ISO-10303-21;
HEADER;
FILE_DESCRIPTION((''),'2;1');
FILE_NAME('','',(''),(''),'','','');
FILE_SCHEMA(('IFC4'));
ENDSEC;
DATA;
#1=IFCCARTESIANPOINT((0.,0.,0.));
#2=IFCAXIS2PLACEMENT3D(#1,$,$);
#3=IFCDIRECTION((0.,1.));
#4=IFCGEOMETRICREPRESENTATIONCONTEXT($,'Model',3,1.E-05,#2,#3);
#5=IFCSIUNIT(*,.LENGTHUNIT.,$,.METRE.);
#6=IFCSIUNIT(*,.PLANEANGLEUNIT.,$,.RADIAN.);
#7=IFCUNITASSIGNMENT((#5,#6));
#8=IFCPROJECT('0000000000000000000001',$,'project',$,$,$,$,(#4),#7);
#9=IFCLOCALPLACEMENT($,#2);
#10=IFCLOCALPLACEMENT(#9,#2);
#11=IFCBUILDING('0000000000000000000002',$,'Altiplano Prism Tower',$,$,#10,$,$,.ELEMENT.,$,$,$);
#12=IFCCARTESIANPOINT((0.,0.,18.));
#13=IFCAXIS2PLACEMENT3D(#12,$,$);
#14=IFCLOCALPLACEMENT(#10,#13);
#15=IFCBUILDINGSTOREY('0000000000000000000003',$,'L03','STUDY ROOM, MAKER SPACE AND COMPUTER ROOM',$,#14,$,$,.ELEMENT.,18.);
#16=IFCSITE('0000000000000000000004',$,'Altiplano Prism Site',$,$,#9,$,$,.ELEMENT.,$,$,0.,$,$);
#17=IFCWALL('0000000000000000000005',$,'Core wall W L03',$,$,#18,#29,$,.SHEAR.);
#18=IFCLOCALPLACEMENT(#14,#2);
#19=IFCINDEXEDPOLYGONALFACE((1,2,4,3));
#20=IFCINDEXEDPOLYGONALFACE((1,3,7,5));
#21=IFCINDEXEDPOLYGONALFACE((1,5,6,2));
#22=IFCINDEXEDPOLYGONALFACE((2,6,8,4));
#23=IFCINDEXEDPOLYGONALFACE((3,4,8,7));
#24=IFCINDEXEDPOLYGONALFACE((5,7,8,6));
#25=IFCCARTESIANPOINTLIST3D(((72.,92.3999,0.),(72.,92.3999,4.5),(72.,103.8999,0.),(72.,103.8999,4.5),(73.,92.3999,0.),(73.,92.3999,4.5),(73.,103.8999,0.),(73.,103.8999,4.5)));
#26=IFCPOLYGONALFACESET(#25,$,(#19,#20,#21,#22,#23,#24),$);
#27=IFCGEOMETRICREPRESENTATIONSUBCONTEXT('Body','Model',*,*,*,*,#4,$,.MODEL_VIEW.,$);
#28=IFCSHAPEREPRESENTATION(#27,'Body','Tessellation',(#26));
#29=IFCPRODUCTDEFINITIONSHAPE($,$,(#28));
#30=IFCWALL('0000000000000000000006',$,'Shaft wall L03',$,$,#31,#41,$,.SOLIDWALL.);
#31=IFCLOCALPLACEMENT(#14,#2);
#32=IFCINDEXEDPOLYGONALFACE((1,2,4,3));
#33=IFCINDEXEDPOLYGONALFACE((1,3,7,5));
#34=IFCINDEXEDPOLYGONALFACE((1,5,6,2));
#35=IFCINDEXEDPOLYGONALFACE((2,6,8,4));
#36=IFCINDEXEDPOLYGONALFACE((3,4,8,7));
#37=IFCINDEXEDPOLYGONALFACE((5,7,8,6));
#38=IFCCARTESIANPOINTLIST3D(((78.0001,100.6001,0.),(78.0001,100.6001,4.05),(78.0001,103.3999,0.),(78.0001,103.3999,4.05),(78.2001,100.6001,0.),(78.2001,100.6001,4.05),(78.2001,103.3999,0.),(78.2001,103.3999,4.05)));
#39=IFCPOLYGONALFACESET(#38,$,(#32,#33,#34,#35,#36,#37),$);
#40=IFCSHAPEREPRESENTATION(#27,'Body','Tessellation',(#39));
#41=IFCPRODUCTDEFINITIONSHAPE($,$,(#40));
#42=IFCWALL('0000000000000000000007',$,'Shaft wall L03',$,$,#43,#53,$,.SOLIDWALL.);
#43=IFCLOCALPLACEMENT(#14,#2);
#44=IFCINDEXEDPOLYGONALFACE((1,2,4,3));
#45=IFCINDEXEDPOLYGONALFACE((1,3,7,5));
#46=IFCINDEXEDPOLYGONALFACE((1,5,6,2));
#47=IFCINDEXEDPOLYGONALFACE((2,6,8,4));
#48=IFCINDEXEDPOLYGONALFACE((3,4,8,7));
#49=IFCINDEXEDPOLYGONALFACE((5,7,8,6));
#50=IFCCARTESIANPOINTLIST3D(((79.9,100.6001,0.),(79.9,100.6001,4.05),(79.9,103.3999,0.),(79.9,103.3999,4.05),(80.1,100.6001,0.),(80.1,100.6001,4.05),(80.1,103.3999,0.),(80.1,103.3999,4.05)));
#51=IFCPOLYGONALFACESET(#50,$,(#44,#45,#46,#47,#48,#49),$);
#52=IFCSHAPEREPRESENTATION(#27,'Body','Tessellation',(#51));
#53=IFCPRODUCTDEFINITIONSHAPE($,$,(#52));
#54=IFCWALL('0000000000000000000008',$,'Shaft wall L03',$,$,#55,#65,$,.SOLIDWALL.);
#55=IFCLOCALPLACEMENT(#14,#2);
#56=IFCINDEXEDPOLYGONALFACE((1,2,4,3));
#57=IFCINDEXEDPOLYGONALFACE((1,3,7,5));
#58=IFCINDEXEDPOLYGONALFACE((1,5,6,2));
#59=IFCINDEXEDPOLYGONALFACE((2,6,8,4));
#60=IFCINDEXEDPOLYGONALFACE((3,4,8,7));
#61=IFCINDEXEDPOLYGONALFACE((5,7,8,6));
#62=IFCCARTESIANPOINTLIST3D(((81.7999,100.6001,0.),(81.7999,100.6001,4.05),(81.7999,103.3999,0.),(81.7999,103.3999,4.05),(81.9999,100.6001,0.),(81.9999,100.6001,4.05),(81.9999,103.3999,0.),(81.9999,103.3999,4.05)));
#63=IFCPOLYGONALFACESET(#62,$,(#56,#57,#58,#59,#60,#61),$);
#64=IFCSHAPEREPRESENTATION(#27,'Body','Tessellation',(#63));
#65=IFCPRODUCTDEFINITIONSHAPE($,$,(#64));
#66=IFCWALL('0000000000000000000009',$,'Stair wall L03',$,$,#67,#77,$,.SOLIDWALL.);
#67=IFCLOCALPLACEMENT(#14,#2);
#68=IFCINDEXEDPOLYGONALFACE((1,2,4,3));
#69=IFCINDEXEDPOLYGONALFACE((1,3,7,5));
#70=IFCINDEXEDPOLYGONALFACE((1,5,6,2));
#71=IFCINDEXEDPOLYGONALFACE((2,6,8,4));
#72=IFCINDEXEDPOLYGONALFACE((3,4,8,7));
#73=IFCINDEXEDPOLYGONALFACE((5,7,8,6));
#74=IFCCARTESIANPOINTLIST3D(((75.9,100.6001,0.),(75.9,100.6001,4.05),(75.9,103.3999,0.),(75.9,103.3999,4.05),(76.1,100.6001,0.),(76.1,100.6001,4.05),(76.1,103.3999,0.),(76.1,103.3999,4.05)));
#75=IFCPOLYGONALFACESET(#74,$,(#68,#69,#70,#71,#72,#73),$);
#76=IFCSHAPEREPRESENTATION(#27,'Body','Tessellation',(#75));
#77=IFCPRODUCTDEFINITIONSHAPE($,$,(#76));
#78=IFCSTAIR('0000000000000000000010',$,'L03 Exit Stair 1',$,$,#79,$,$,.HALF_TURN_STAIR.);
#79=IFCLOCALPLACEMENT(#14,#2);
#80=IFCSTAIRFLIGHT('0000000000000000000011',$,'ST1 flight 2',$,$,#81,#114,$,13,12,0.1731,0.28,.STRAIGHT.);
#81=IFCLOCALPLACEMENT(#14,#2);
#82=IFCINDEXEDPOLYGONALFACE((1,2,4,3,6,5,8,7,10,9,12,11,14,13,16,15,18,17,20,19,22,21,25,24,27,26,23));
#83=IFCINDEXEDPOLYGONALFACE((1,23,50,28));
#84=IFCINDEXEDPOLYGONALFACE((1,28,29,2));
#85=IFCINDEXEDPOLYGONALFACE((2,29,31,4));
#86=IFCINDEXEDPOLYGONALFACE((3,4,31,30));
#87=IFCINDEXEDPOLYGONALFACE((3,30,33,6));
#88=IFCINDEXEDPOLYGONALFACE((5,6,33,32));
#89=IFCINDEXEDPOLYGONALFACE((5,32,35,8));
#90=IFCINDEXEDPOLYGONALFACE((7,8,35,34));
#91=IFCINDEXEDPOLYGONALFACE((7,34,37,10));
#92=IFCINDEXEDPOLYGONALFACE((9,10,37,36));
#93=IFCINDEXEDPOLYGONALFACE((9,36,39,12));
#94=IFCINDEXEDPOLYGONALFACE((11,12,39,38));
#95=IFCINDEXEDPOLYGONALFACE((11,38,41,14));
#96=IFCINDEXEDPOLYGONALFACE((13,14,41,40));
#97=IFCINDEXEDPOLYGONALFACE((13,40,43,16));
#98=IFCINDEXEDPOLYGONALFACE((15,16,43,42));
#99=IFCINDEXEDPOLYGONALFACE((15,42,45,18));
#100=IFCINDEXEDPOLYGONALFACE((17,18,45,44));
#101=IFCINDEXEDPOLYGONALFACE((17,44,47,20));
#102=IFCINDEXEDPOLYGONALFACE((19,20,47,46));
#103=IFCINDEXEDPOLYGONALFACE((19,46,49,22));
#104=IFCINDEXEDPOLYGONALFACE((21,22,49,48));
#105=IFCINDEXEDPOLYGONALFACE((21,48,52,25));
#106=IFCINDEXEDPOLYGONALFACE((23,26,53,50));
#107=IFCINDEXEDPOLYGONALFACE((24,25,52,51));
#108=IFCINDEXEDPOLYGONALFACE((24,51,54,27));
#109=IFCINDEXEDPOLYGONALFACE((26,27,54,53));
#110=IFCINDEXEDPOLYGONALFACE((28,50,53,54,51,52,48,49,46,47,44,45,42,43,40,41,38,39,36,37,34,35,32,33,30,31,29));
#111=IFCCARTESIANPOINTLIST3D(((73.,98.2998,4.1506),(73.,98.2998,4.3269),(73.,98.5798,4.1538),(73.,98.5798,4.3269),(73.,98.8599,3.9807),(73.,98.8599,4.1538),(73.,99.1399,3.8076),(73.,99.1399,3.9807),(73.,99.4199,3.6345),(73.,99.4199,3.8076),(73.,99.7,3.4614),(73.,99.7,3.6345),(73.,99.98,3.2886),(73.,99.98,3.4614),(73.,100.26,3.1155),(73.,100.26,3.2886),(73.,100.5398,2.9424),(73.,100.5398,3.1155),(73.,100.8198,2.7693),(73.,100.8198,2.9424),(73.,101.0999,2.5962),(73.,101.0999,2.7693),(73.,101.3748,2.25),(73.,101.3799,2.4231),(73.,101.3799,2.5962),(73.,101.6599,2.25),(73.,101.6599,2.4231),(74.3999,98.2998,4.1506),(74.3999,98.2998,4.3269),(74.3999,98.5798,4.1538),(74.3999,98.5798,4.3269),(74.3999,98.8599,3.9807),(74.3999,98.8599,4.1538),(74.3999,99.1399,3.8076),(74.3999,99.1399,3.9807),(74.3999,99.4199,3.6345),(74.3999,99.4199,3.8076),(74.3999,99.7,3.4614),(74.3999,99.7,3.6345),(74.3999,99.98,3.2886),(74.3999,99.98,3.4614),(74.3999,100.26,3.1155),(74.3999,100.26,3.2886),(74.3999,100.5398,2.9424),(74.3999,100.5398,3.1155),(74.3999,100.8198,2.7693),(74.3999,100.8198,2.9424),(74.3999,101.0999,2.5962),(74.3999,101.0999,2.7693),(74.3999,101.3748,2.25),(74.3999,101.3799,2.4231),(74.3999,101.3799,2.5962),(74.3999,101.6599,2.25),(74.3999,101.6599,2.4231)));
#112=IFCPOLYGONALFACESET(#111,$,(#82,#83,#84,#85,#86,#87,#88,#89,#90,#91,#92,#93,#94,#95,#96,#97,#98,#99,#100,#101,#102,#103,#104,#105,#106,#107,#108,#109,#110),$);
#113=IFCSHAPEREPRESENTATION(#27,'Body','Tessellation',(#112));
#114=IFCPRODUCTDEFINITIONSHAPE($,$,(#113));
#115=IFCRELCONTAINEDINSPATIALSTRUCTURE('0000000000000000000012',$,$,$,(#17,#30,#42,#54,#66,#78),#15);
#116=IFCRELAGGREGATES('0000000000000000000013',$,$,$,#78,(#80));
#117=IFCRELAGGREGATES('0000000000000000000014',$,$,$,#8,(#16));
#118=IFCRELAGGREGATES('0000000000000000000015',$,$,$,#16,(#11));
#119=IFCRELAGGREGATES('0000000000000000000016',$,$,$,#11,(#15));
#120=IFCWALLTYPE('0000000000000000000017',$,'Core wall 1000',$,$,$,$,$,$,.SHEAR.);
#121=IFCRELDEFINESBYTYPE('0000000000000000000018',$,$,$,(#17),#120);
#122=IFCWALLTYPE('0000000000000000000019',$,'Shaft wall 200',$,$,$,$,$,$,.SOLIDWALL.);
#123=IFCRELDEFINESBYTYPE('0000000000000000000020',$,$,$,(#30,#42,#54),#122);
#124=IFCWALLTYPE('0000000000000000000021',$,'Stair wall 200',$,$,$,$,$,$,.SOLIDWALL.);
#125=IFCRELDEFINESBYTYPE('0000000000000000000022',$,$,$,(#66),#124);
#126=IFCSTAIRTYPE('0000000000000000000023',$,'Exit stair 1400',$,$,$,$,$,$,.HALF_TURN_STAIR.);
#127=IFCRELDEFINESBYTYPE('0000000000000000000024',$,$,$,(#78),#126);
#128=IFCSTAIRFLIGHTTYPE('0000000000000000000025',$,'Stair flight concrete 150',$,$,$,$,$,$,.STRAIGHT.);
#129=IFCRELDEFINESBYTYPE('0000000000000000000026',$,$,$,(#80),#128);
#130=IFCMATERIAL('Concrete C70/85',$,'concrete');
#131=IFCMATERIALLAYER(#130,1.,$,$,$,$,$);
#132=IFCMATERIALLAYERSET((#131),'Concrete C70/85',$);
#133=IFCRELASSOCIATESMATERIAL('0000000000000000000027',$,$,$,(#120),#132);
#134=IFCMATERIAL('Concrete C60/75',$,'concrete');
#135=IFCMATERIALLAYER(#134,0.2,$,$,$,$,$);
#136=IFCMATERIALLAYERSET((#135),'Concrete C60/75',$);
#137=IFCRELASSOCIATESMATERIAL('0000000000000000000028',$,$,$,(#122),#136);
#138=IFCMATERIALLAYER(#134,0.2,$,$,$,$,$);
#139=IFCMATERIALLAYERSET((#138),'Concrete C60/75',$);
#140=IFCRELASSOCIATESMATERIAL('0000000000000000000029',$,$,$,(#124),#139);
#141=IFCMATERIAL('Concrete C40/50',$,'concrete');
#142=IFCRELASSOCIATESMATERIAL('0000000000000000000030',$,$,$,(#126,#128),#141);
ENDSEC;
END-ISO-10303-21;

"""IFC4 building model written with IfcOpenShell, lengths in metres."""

from ifc_helpers import new_model, si_unit, direction, frame, frame_2d, origin, place, context, subcontext, project, spatial, polyline, rectangle, outline, extrude, material, layer, layer_set, type_object, element, aggregate, save


model = new_model("IFC4")

# Units and contexts
model_context = context("Model", 3, precision=1e-05, world=origin(), true_north=direction((0.0, 1.0)))
body_context = subcontext(model_context, "Body", "Model", "MODEL_VIEW")
ifc_project = project(units=[si_unit("LENGTHUNIT", "METRE"), si_unit("PLANEANGLEUNIT", "RADIAN")], contexts=[model_context])

# Site, building, storey
site_placement = place(None, origin())
site = spatial("IfcSite", under=ifc_project, at=site_placement, Name="Altiplano Prism Site", CompositionType="ELEMENT", RefElevation=0.0)
building_placement = place(site_placement, origin())
building = spatial("IfcBuilding", under=site, at=building_placement, Name="Altiplano Prism Tower", CompositionType="ELEMENT")
storey_placement = place(building_placement, frame((0.0, 0.0, 18.0)))
storey = spatial("IfcBuildingStorey", under=building, at=storey_placement, Name="L03", Description="STUDY ROOM, MAKER SPACE AND COMPUTER ROOM", CompositionType="ELEMENT", Elevation=18.0)

# Walls
ifc_material_1 = material(Name="Concrete C70/85", Category="concrete")
ifc_layer_1 = layer(ifc_material_1, 1.0)
ifc_layer_set_1 = layer_set([ifc_layer_1], Name="Concrete C70/85")
wall_type_1 = type_object("IfcWallType", Name="Core wall 1000", PredefinedType="SHEAR", material=ifc_layer_set_1)
wall_1_placement = place(storey_placement, frame((72.5, 103.8999, 0.0), z_axis=(0.0, 0.0, 1.0), x_axis=(0.0, -1.0, 0.0)))
element("IfcWall", 1, at=wall_1_placement, inside=storey, type_object=wall_type_1, Name="Core wall W L03", PredefinedType="SHEAR", context=body_context, shape_type="SweptSolid", body=[
    extrude(rectangle(XDim=11.5, YDim=1.0, at=frame_2d((5.75, 0.0))), origin(), (0.0, 0.0, 1.0), 4.5),
])
ifc_material_2 = material(Name="Concrete C60/75", Category="concrete")
ifc_layer_2 = layer(ifc_material_2, 0.2)
ifc_layer_set_2 = layer_set([ifc_layer_2], Name="Concrete C60/75")
wall_type_2 = type_object("IfcWallType", Name="Shaft wall 200", PredefinedType="SOLIDWALL", material=ifc_layer_set_2)
for number, where, z_axis, x_axis, name in (
    (2, (78.1001, 100.6001, 0.0), (0.0, 0.0, 1.0), (0.0, 1.0, 0.0), "Shaft wall L03"),
    (3, (80.0, 100.6001, 0.0), (0.0, 0.0, 1.0), (0.0, 1.0, 0.0), "Shaft wall L03"),
    (4, (81.8999, 100.6001, 0.0), (0.0, 0.0, 1.0), (0.0, 1.0, 0.0), "Shaft wall L03"),
):
    element("IfcWall", number, at=place(storey_placement, frame(where, z_axis=z_axis, x_axis=x_axis)), inside=storey, type_object=wall_type_2, Name=name, PredefinedType="SOLIDWALL", context=body_context, shape_type="SweptSolid", body=[
        extrude(rectangle(XDim=2.7998, YDim=0.2, at=frame_2d((1.3999, 0.0))), origin(), (0.0, 0.0, 1.0), 4.05),
    ])

# Shared definitions
ifc_layer_3 = layer(ifc_material_2, 0.2)
ifc_layer_set_3 = layer_set([ifc_layer_3], Name="Concrete C60/75")
wall_type_3 = type_object("IfcWallType", Name="Stair wall 200", PredefinedType="SOLIDWALL", material=ifc_layer_set_3)

# Wall
wall_2_placement = place(storey_placement, frame((76.0, 100.6001, 0.0), z_axis=(0.0, 0.0, 1.0), x_axis=(0.0, 1.0, 0.0)))
element("IfcWall", 5, at=wall_2_placement, inside=storey, type_object=wall_type_3, Name="Stair wall L03", PredefinedType="SOLIDWALL", context=body_context, shape_type="SweptSolid", body=[
    extrude(rectangle(XDim=2.7998, YDim=0.2, at=frame_2d((1.3999, 0.0))), origin(), (0.0, 0.0, 1.0), 4.05),
])

# Stair, stair flight
ifc_material_3 = material(Name="Concrete C40/50", Category="concrete")
stair_type = type_object("IfcStairType", Name="Exit stair 1400", PredefinedType="HALF_TURN_STAIR", material=ifc_material_3)
stair_placement = place(storey_placement, origin())
stair = element("IfcStair", 6, at=stair_placement, inside=storey, type_object=stair_type, Name="L03 Exit Stair 1", PredefinedType="HALF_TURN_STAIR")
stair_flight_type = type_object("IfcStairFlightType", Name="Stair flight concrete 150", PredefinedType="STRAIGHT", material=ifc_material_3)
stair_flight_placement = place(storey_placement, frame((73.7, 101.6599, 2.25), z_axis=(0.0, 0.0, 1.0), x_axis=(0.0, -1.0, 0.0)))
stair_flight = element("IfcStairFlight", 7, at=stair_flight_placement, type_object=stair_flight_type, Name="ST1 flight 2", NumberOfRisers=13, NumberOfTreads=12, PredefinedType="STRAIGHT", RiserHeight=0.1731, TreadLength=0.28, context=body_context, shape_type="SweptSolid", body=[
    extrude(outline(polyline([(0.0, 0.0), (0.0, 0.1731), (0.28, 0.1731), (0.28, 0.3462), (0.5601, 0.3462), (0.5601, 0.5193), (0.8401, 0.5193), (0.8401, 0.6924), (1.1201, 0.6924), (1.1201, 0.8655), (1.3999, 0.8655), (1.3999, 1.0386), (1.6799, 1.0386), (1.6799, 1.2114), (1.96, 1.2114), (1.96, 1.3845), (2.24, 1.3845), (2.24, 1.5576), (2.52, 1.5576), (2.52, 1.7307), (2.8, 1.7307), (2.8, 1.9038), (3.0801, 1.9038), (3.0801, 2.0769), (3.3601, 2.0769), (3.3601, 2.25), (3.3601, 1.9006), (0.2852, 0.0), (0.0, 0.0)])), frame((0.0, 0.7, 0.0), z_axis=(0.0, -1.0, 0.0), x_axis=(1.0, 0.0, 0.0)), (0.0, 0.0, 1.0), 1.3999),
])
aggregate(stair, [stair_flight])

save(model, "model.ifc")
